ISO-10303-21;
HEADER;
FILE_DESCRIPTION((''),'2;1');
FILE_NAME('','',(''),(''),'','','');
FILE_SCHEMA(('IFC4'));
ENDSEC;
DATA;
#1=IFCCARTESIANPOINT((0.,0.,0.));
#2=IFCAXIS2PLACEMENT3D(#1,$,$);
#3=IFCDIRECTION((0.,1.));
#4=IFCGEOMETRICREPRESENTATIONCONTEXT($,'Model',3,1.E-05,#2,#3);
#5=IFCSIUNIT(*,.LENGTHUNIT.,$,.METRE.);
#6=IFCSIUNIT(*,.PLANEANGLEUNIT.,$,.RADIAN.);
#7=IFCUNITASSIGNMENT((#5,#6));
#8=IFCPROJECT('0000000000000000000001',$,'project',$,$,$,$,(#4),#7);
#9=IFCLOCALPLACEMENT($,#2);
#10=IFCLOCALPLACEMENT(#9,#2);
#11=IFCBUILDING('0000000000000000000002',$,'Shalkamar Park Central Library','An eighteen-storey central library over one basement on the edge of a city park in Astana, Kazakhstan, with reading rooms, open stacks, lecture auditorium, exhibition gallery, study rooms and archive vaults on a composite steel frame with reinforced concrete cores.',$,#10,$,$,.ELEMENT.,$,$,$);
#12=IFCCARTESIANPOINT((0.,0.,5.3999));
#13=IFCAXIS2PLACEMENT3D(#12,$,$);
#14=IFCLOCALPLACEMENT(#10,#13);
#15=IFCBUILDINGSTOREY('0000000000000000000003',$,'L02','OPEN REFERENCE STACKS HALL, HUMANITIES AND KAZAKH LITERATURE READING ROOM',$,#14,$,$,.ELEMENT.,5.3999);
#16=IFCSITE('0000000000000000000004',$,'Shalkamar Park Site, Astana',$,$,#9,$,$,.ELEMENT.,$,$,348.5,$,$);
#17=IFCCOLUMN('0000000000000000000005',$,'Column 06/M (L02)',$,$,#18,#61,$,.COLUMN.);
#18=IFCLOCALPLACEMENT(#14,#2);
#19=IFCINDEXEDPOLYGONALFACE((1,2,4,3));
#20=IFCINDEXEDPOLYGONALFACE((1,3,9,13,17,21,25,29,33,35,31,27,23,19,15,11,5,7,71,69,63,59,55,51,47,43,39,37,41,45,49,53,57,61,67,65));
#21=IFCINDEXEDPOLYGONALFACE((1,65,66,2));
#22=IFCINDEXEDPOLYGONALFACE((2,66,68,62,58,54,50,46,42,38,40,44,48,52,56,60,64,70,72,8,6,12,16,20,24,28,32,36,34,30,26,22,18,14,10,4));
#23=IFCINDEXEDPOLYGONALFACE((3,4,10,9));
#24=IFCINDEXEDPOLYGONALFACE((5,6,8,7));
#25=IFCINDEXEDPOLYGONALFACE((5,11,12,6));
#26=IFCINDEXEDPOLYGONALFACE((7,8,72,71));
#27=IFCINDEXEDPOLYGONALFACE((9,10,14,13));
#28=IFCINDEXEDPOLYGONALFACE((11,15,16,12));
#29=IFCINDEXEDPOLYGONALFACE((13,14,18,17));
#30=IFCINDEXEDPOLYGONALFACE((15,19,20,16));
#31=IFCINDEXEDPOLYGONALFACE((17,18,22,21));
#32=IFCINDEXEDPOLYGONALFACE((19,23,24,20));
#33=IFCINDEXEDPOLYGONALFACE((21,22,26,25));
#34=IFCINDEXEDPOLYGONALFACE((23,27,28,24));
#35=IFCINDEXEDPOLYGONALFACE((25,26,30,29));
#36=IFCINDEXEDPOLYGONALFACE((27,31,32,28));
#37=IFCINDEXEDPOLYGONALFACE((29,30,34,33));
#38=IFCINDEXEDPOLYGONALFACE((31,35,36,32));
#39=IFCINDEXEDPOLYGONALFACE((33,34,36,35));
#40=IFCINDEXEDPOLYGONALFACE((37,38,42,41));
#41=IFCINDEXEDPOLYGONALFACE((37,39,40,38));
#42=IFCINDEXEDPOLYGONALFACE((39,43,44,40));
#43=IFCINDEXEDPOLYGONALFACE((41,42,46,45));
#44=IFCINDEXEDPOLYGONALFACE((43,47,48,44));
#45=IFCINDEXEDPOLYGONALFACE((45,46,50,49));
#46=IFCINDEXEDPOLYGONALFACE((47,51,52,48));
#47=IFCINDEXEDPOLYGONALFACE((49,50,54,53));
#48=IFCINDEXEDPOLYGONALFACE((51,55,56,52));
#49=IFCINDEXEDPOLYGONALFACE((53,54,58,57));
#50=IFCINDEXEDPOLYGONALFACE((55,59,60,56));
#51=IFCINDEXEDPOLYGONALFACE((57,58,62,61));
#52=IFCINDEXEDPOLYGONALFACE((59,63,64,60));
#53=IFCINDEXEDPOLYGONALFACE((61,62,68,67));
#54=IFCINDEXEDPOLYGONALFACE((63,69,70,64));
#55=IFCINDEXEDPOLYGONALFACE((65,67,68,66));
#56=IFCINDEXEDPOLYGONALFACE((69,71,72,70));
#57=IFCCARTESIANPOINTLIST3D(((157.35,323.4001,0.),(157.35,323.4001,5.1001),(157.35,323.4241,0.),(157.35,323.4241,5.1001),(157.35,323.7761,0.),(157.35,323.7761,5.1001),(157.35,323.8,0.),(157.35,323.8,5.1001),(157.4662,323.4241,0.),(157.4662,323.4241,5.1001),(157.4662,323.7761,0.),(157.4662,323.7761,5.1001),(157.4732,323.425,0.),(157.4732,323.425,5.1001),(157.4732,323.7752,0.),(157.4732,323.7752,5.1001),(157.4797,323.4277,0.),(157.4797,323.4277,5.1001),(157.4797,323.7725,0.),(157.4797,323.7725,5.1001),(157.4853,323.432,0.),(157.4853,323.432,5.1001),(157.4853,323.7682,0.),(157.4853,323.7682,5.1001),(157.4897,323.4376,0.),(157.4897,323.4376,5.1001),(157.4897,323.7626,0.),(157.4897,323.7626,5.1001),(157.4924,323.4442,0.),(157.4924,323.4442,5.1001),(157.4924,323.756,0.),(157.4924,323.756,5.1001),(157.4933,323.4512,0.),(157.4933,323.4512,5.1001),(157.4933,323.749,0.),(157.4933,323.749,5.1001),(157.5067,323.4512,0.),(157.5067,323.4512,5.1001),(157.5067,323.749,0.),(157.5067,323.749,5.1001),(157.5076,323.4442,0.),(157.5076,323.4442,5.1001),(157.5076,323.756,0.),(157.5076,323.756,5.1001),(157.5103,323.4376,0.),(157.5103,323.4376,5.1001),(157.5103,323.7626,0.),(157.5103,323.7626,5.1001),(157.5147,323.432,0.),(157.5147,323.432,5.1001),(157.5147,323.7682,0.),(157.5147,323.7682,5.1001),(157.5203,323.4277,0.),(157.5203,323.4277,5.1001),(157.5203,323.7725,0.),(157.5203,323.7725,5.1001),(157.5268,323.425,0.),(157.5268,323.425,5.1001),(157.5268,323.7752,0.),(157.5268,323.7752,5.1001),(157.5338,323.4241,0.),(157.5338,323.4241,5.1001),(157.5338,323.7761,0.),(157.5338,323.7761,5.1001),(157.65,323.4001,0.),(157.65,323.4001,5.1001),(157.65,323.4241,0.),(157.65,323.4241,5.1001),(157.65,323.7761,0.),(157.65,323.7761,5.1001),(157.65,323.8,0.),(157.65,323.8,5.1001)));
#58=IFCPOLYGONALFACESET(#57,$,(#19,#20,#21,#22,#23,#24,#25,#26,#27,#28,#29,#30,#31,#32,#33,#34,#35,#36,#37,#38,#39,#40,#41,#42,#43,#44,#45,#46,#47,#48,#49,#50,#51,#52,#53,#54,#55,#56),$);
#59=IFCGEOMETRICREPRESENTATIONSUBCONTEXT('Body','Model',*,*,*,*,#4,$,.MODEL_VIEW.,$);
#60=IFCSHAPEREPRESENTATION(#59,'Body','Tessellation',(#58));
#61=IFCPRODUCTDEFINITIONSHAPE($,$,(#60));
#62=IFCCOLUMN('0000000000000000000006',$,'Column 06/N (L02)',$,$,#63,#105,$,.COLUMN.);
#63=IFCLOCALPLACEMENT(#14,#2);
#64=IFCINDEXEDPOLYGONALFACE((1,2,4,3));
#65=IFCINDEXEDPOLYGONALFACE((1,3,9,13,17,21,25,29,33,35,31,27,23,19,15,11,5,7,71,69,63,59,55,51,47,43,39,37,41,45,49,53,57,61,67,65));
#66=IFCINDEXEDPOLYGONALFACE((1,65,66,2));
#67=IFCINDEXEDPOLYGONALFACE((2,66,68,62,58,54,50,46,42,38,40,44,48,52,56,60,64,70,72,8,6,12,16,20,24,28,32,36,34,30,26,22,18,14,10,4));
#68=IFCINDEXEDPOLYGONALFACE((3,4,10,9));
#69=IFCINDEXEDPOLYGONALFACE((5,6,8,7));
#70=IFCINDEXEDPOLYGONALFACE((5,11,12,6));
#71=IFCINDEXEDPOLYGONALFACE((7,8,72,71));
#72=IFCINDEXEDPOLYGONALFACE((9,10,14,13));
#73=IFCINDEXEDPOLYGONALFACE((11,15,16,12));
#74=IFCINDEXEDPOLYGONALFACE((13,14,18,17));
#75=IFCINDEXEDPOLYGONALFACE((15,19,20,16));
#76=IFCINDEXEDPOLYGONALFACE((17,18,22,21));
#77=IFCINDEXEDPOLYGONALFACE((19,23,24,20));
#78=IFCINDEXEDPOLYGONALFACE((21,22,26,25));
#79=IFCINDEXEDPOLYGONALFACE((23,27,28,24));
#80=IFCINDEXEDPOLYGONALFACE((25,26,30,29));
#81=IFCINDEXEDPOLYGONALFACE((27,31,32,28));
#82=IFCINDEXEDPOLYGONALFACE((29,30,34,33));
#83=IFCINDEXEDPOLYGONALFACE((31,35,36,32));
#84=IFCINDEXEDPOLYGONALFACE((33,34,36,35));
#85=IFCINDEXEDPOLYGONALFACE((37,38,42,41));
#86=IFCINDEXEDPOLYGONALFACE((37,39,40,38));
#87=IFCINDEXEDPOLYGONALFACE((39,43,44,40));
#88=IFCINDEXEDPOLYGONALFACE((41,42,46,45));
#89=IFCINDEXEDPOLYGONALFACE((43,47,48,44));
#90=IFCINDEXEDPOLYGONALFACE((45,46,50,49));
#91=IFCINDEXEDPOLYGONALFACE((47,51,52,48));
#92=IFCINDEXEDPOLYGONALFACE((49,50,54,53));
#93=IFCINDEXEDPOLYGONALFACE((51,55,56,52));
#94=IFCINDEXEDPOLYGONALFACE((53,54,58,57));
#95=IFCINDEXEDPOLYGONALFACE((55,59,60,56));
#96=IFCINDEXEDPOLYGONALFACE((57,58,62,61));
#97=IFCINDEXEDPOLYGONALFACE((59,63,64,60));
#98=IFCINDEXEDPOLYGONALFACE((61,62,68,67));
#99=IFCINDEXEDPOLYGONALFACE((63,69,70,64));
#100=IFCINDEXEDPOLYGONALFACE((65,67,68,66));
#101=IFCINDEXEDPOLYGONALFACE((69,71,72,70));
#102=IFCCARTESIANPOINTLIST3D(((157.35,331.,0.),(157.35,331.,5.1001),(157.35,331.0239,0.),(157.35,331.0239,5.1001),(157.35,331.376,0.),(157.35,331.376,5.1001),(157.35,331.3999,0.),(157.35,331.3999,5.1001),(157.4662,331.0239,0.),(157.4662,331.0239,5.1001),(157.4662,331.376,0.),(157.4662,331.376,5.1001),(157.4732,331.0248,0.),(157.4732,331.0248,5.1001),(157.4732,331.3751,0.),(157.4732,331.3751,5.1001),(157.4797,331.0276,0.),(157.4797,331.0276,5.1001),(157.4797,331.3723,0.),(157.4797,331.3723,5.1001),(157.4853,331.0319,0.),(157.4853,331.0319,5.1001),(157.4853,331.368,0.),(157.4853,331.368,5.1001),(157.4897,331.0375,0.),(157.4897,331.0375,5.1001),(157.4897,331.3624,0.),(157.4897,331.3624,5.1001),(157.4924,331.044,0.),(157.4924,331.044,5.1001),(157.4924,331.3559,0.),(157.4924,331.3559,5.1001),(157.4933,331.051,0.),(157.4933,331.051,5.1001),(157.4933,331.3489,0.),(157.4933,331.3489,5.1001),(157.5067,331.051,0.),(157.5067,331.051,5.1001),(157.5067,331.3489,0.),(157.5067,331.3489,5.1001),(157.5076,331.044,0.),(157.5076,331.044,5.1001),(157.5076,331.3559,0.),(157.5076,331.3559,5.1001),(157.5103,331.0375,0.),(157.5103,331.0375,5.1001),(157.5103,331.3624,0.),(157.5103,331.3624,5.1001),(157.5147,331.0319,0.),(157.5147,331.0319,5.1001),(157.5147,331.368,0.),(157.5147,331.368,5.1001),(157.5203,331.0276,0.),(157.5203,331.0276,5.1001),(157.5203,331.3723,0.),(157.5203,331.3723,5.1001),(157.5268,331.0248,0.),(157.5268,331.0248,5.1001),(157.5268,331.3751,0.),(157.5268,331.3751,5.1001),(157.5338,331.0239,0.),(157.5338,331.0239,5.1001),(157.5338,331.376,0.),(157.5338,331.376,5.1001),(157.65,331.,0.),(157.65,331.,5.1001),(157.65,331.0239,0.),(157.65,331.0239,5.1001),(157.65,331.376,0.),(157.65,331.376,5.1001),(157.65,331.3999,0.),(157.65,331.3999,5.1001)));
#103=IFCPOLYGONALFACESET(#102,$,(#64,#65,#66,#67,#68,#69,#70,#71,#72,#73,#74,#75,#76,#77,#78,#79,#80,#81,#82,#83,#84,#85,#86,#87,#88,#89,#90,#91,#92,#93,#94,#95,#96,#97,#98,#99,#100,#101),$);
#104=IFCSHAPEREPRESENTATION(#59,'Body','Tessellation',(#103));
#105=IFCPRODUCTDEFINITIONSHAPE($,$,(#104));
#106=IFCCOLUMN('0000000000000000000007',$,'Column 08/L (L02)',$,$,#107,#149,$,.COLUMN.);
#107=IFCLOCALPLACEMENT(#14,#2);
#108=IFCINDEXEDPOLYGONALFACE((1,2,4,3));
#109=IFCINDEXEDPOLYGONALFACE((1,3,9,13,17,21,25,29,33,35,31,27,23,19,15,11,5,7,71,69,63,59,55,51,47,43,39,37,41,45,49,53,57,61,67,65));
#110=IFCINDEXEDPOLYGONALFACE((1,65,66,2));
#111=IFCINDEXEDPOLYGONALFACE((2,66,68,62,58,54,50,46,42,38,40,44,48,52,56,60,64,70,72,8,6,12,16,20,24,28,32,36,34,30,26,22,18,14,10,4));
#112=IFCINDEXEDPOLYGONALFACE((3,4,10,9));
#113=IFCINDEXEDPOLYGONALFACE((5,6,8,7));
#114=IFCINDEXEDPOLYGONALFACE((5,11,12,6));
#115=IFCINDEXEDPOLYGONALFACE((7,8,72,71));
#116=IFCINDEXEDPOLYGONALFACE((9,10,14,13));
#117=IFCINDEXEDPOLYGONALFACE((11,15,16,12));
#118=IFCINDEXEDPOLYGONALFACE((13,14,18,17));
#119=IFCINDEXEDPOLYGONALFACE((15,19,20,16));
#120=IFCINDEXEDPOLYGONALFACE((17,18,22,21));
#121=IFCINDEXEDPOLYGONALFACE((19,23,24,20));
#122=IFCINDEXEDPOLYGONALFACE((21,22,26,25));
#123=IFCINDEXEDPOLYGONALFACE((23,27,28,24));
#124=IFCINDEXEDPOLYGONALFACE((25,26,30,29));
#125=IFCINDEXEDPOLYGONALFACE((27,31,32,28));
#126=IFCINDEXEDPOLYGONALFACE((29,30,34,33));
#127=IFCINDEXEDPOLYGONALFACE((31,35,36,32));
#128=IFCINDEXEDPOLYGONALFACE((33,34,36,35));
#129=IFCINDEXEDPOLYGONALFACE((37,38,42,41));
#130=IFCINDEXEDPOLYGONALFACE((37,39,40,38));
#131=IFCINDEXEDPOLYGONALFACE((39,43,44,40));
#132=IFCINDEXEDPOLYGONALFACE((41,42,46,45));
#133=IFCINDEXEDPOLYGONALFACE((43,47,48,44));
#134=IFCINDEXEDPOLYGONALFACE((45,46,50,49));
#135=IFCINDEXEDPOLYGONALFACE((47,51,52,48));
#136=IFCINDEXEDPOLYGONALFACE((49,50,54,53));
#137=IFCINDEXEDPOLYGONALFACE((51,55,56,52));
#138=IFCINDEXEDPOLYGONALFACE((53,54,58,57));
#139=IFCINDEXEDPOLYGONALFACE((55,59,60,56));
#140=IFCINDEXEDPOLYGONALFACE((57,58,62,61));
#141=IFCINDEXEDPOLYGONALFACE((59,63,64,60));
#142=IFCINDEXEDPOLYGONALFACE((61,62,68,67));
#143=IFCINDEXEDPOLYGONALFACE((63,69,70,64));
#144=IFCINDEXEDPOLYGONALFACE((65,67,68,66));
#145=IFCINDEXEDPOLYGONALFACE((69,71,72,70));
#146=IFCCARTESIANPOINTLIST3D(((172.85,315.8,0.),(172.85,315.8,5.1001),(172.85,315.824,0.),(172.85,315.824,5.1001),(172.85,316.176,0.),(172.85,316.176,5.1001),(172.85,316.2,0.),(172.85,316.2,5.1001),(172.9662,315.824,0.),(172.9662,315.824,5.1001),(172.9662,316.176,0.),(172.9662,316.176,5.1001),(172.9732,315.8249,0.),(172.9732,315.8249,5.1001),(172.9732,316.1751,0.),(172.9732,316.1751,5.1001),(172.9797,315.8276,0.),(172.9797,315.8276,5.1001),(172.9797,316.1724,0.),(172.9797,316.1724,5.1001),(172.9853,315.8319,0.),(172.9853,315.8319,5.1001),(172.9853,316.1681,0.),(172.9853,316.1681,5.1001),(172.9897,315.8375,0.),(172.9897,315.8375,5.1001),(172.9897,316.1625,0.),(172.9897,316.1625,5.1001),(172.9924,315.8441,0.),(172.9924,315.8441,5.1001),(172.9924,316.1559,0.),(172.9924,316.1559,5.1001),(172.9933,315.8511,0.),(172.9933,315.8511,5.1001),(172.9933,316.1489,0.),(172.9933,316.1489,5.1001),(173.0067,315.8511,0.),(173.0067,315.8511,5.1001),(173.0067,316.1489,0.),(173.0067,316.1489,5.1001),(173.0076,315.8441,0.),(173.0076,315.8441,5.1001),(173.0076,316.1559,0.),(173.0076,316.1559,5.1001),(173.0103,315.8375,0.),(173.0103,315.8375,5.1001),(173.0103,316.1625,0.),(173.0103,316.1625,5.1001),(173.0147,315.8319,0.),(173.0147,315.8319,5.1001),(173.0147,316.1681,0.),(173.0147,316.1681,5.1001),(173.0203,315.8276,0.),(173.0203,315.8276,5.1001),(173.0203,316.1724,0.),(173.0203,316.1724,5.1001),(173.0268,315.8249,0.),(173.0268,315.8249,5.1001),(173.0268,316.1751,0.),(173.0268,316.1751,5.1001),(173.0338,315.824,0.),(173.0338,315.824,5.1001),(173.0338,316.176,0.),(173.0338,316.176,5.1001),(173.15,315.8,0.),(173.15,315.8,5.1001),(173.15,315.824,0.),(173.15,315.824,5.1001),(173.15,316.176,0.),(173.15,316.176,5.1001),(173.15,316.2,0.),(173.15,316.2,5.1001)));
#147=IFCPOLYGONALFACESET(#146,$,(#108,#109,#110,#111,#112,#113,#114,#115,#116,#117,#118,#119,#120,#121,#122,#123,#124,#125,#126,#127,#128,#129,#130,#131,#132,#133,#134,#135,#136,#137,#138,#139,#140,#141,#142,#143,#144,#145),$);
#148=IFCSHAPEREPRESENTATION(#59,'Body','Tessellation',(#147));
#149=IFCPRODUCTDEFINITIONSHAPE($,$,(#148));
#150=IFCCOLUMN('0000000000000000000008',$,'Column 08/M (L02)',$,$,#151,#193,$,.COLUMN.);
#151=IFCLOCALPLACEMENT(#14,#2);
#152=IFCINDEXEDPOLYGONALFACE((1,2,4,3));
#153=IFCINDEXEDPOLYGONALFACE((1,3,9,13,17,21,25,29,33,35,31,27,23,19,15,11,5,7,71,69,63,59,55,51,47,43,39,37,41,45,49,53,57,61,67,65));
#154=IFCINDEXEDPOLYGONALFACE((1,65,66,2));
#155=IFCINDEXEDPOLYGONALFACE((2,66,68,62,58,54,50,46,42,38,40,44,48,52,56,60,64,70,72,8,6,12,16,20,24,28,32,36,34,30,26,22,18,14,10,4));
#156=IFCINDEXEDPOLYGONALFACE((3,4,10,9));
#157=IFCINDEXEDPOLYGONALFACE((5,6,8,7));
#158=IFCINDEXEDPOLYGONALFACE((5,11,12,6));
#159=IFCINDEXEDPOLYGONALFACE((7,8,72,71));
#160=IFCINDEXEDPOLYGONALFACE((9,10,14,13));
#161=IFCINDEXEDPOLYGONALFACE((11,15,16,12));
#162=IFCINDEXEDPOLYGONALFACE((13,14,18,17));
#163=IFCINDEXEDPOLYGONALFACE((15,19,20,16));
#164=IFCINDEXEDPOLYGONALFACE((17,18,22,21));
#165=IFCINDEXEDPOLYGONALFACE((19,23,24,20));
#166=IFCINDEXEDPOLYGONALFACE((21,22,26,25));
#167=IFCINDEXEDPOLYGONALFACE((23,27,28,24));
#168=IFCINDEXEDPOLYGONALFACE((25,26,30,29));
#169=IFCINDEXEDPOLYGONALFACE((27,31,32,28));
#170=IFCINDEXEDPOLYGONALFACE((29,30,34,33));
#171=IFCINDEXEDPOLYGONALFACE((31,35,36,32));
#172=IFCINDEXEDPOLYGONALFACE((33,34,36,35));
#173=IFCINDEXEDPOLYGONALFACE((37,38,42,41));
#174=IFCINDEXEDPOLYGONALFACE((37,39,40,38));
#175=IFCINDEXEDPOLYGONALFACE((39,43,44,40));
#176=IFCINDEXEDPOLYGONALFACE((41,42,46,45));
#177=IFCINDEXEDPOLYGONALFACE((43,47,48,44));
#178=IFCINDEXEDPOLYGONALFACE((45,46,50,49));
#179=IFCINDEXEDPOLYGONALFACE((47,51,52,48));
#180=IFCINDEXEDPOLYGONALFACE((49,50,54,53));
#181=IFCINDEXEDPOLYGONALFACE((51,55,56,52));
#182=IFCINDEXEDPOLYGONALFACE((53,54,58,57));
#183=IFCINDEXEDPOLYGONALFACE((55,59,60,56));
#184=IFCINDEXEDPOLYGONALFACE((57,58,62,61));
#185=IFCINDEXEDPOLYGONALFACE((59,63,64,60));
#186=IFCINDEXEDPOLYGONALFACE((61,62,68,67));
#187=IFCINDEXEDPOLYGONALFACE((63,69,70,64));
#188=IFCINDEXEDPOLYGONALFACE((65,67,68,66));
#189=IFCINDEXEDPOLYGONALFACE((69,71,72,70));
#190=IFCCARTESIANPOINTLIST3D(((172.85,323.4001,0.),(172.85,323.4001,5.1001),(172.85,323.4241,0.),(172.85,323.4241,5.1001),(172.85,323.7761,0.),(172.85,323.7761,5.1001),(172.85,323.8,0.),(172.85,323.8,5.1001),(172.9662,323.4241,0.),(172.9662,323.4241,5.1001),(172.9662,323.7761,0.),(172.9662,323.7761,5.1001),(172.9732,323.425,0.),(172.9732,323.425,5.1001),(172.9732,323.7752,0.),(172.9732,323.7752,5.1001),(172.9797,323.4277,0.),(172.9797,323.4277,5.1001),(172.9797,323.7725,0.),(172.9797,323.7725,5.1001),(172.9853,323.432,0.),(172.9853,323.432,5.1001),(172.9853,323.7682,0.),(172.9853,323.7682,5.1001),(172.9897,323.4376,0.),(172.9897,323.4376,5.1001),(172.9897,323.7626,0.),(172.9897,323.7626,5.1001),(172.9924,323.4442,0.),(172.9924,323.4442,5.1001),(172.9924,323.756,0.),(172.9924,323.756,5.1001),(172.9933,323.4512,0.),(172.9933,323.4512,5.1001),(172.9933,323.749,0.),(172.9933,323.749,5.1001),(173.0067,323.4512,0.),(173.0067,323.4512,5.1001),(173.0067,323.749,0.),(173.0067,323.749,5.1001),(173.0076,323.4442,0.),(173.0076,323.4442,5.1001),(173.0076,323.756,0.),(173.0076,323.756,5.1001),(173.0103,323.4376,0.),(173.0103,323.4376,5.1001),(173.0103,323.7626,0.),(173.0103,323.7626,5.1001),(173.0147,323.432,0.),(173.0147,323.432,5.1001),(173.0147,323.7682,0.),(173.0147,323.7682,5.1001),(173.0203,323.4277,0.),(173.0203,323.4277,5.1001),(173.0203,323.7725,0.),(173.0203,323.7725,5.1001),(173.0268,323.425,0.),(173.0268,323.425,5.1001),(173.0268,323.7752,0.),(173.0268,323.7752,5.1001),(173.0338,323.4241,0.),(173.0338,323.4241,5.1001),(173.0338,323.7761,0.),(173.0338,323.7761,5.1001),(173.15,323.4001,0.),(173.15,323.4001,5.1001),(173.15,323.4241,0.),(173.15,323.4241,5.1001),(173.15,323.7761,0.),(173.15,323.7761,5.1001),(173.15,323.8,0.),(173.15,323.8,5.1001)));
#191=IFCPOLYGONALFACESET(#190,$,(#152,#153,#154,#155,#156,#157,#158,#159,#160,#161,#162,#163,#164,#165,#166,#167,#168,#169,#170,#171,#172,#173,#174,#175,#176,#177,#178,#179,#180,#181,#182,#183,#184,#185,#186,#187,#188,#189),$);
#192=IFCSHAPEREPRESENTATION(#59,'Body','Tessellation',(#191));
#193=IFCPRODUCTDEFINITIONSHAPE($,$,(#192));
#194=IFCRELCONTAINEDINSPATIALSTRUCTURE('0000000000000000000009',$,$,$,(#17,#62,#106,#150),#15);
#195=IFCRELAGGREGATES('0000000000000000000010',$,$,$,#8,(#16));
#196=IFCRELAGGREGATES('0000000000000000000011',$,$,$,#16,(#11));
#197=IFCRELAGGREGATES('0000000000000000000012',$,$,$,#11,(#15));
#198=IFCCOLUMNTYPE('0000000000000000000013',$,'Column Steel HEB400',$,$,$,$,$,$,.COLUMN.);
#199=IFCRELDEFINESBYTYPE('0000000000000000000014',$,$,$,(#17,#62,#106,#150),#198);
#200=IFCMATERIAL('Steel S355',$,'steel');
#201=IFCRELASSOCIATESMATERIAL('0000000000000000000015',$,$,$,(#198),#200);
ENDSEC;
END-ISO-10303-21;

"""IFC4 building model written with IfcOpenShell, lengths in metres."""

from ifc_helpers import new_model, si_unit, direction, frame, origin, origin_2d, place, context, subcontext, project, spatial, i_section, extrude, material, material_profile, profile_set, type_object, element, save


model = new_model("IFC4")

# Units and contexts
model_context = context("Model", 3, precision=1e-05, world=origin(), true_north=direction((0.0, 1.0)))
body_context = subcontext(model_context, "Body", "Model", "MODEL_VIEW")
ifc_project = project(units=[si_unit("LENGTHUNIT", "METRE"), si_unit("PLANEANGLEUNIT", "RADIAN")], contexts=[model_context])

# Site, building, storey
site_placement = place(None, origin())
site = spatial("IfcSite", under=ifc_project, at=site_placement, Name="Shalkamar Park Site, Astana", CompositionType="ELEMENT", RefElevation=348.5)
building_placement = place(site_placement, origin())
building = spatial("IfcBuilding", under=site, at=building_placement, Name="Shalkamar Park Central Library", Description="An eighteen-storey central library over one basement on the edge of a city park in Astana, Kazakhstan, with reading rooms, open stacks, lecture auditorium, exhibition gallery, study rooms and archive vaults on a composite steel frame with reinforced concrete cores.", CompositionType="ELEMENT")
storey_placement = place(building_placement, frame((0.0, 0.0, 5.3999)))
storey = spatial("IfcBuildingStorey", under=building, at=storey_placement, Name="L02", Description="OPEN REFERENCE STACKS HALL, HUMANITIES AND KAZAKH LITERATURE READING ROOM", CompositionType="ELEMENT", Elevation=5.3999)

# Columns
ifc_material = material(Name="Steel S355", Category="steel")
ifc_material_profile_1 = material_profile(ifc_material, i_section(OverallWidth=0.3, OverallDepth=0.3999, WebThickness=0.0134, FlangeThickness=0.0239, FilletRadius=0.0271, at=origin_2d()), Name="HEB 400")
ifc_profile_set_1 = profile_set([ifc_material_profile_1], Name="Steel S355")
column_type_1 = type_object("IfcColumnType", Name="Column Steel HEB400", PredefinedType="COLUMN", material=ifc_profile_set_1)
for number, where, z_axis, x_axis, name in (
    (1, (157.5, 323.6001, 0.0), (0.0, 0.0, 1.0), (1.0, 0.0, 0.0), "Column 06/M (L02)"),
    (2, (157.5, 331.2, 0.0), (0.0, 0.0, 1.0), (1.0, 0.0, 0.0), "Column 06/N (L02)"),
    (3, (173.0, 316.0, 0.0), (0.0, 0.0, 1.0), (1.0, 0.0, 0.0), "Column 08/L (L02)"),
    (4, (173.0, 323.6001, 0.0), (0.0, 0.0, 1.0), (1.0, 0.0, 0.0), "Column 08/M (L02)"),
):
    element("IfcColumn", number, at=place(storey_placement, frame(where, z_axis=z_axis, x_axis=x_axis)), inside=storey, type_object=column_type_1, Name=name, PredefinedType="COLUMN", context=body_context, shape_type="SweptSolid", body=[
        extrude(i_section(OverallWidth=0.3, OverallDepth=0.3999, WebThickness=0.0134, FlangeThickness=0.0239, FilletRadius=0.0271, at=origin_2d()), origin(), (0.0, 0.0, 1.0), 5.1001),
    ])

save(model, "model.ifc")
